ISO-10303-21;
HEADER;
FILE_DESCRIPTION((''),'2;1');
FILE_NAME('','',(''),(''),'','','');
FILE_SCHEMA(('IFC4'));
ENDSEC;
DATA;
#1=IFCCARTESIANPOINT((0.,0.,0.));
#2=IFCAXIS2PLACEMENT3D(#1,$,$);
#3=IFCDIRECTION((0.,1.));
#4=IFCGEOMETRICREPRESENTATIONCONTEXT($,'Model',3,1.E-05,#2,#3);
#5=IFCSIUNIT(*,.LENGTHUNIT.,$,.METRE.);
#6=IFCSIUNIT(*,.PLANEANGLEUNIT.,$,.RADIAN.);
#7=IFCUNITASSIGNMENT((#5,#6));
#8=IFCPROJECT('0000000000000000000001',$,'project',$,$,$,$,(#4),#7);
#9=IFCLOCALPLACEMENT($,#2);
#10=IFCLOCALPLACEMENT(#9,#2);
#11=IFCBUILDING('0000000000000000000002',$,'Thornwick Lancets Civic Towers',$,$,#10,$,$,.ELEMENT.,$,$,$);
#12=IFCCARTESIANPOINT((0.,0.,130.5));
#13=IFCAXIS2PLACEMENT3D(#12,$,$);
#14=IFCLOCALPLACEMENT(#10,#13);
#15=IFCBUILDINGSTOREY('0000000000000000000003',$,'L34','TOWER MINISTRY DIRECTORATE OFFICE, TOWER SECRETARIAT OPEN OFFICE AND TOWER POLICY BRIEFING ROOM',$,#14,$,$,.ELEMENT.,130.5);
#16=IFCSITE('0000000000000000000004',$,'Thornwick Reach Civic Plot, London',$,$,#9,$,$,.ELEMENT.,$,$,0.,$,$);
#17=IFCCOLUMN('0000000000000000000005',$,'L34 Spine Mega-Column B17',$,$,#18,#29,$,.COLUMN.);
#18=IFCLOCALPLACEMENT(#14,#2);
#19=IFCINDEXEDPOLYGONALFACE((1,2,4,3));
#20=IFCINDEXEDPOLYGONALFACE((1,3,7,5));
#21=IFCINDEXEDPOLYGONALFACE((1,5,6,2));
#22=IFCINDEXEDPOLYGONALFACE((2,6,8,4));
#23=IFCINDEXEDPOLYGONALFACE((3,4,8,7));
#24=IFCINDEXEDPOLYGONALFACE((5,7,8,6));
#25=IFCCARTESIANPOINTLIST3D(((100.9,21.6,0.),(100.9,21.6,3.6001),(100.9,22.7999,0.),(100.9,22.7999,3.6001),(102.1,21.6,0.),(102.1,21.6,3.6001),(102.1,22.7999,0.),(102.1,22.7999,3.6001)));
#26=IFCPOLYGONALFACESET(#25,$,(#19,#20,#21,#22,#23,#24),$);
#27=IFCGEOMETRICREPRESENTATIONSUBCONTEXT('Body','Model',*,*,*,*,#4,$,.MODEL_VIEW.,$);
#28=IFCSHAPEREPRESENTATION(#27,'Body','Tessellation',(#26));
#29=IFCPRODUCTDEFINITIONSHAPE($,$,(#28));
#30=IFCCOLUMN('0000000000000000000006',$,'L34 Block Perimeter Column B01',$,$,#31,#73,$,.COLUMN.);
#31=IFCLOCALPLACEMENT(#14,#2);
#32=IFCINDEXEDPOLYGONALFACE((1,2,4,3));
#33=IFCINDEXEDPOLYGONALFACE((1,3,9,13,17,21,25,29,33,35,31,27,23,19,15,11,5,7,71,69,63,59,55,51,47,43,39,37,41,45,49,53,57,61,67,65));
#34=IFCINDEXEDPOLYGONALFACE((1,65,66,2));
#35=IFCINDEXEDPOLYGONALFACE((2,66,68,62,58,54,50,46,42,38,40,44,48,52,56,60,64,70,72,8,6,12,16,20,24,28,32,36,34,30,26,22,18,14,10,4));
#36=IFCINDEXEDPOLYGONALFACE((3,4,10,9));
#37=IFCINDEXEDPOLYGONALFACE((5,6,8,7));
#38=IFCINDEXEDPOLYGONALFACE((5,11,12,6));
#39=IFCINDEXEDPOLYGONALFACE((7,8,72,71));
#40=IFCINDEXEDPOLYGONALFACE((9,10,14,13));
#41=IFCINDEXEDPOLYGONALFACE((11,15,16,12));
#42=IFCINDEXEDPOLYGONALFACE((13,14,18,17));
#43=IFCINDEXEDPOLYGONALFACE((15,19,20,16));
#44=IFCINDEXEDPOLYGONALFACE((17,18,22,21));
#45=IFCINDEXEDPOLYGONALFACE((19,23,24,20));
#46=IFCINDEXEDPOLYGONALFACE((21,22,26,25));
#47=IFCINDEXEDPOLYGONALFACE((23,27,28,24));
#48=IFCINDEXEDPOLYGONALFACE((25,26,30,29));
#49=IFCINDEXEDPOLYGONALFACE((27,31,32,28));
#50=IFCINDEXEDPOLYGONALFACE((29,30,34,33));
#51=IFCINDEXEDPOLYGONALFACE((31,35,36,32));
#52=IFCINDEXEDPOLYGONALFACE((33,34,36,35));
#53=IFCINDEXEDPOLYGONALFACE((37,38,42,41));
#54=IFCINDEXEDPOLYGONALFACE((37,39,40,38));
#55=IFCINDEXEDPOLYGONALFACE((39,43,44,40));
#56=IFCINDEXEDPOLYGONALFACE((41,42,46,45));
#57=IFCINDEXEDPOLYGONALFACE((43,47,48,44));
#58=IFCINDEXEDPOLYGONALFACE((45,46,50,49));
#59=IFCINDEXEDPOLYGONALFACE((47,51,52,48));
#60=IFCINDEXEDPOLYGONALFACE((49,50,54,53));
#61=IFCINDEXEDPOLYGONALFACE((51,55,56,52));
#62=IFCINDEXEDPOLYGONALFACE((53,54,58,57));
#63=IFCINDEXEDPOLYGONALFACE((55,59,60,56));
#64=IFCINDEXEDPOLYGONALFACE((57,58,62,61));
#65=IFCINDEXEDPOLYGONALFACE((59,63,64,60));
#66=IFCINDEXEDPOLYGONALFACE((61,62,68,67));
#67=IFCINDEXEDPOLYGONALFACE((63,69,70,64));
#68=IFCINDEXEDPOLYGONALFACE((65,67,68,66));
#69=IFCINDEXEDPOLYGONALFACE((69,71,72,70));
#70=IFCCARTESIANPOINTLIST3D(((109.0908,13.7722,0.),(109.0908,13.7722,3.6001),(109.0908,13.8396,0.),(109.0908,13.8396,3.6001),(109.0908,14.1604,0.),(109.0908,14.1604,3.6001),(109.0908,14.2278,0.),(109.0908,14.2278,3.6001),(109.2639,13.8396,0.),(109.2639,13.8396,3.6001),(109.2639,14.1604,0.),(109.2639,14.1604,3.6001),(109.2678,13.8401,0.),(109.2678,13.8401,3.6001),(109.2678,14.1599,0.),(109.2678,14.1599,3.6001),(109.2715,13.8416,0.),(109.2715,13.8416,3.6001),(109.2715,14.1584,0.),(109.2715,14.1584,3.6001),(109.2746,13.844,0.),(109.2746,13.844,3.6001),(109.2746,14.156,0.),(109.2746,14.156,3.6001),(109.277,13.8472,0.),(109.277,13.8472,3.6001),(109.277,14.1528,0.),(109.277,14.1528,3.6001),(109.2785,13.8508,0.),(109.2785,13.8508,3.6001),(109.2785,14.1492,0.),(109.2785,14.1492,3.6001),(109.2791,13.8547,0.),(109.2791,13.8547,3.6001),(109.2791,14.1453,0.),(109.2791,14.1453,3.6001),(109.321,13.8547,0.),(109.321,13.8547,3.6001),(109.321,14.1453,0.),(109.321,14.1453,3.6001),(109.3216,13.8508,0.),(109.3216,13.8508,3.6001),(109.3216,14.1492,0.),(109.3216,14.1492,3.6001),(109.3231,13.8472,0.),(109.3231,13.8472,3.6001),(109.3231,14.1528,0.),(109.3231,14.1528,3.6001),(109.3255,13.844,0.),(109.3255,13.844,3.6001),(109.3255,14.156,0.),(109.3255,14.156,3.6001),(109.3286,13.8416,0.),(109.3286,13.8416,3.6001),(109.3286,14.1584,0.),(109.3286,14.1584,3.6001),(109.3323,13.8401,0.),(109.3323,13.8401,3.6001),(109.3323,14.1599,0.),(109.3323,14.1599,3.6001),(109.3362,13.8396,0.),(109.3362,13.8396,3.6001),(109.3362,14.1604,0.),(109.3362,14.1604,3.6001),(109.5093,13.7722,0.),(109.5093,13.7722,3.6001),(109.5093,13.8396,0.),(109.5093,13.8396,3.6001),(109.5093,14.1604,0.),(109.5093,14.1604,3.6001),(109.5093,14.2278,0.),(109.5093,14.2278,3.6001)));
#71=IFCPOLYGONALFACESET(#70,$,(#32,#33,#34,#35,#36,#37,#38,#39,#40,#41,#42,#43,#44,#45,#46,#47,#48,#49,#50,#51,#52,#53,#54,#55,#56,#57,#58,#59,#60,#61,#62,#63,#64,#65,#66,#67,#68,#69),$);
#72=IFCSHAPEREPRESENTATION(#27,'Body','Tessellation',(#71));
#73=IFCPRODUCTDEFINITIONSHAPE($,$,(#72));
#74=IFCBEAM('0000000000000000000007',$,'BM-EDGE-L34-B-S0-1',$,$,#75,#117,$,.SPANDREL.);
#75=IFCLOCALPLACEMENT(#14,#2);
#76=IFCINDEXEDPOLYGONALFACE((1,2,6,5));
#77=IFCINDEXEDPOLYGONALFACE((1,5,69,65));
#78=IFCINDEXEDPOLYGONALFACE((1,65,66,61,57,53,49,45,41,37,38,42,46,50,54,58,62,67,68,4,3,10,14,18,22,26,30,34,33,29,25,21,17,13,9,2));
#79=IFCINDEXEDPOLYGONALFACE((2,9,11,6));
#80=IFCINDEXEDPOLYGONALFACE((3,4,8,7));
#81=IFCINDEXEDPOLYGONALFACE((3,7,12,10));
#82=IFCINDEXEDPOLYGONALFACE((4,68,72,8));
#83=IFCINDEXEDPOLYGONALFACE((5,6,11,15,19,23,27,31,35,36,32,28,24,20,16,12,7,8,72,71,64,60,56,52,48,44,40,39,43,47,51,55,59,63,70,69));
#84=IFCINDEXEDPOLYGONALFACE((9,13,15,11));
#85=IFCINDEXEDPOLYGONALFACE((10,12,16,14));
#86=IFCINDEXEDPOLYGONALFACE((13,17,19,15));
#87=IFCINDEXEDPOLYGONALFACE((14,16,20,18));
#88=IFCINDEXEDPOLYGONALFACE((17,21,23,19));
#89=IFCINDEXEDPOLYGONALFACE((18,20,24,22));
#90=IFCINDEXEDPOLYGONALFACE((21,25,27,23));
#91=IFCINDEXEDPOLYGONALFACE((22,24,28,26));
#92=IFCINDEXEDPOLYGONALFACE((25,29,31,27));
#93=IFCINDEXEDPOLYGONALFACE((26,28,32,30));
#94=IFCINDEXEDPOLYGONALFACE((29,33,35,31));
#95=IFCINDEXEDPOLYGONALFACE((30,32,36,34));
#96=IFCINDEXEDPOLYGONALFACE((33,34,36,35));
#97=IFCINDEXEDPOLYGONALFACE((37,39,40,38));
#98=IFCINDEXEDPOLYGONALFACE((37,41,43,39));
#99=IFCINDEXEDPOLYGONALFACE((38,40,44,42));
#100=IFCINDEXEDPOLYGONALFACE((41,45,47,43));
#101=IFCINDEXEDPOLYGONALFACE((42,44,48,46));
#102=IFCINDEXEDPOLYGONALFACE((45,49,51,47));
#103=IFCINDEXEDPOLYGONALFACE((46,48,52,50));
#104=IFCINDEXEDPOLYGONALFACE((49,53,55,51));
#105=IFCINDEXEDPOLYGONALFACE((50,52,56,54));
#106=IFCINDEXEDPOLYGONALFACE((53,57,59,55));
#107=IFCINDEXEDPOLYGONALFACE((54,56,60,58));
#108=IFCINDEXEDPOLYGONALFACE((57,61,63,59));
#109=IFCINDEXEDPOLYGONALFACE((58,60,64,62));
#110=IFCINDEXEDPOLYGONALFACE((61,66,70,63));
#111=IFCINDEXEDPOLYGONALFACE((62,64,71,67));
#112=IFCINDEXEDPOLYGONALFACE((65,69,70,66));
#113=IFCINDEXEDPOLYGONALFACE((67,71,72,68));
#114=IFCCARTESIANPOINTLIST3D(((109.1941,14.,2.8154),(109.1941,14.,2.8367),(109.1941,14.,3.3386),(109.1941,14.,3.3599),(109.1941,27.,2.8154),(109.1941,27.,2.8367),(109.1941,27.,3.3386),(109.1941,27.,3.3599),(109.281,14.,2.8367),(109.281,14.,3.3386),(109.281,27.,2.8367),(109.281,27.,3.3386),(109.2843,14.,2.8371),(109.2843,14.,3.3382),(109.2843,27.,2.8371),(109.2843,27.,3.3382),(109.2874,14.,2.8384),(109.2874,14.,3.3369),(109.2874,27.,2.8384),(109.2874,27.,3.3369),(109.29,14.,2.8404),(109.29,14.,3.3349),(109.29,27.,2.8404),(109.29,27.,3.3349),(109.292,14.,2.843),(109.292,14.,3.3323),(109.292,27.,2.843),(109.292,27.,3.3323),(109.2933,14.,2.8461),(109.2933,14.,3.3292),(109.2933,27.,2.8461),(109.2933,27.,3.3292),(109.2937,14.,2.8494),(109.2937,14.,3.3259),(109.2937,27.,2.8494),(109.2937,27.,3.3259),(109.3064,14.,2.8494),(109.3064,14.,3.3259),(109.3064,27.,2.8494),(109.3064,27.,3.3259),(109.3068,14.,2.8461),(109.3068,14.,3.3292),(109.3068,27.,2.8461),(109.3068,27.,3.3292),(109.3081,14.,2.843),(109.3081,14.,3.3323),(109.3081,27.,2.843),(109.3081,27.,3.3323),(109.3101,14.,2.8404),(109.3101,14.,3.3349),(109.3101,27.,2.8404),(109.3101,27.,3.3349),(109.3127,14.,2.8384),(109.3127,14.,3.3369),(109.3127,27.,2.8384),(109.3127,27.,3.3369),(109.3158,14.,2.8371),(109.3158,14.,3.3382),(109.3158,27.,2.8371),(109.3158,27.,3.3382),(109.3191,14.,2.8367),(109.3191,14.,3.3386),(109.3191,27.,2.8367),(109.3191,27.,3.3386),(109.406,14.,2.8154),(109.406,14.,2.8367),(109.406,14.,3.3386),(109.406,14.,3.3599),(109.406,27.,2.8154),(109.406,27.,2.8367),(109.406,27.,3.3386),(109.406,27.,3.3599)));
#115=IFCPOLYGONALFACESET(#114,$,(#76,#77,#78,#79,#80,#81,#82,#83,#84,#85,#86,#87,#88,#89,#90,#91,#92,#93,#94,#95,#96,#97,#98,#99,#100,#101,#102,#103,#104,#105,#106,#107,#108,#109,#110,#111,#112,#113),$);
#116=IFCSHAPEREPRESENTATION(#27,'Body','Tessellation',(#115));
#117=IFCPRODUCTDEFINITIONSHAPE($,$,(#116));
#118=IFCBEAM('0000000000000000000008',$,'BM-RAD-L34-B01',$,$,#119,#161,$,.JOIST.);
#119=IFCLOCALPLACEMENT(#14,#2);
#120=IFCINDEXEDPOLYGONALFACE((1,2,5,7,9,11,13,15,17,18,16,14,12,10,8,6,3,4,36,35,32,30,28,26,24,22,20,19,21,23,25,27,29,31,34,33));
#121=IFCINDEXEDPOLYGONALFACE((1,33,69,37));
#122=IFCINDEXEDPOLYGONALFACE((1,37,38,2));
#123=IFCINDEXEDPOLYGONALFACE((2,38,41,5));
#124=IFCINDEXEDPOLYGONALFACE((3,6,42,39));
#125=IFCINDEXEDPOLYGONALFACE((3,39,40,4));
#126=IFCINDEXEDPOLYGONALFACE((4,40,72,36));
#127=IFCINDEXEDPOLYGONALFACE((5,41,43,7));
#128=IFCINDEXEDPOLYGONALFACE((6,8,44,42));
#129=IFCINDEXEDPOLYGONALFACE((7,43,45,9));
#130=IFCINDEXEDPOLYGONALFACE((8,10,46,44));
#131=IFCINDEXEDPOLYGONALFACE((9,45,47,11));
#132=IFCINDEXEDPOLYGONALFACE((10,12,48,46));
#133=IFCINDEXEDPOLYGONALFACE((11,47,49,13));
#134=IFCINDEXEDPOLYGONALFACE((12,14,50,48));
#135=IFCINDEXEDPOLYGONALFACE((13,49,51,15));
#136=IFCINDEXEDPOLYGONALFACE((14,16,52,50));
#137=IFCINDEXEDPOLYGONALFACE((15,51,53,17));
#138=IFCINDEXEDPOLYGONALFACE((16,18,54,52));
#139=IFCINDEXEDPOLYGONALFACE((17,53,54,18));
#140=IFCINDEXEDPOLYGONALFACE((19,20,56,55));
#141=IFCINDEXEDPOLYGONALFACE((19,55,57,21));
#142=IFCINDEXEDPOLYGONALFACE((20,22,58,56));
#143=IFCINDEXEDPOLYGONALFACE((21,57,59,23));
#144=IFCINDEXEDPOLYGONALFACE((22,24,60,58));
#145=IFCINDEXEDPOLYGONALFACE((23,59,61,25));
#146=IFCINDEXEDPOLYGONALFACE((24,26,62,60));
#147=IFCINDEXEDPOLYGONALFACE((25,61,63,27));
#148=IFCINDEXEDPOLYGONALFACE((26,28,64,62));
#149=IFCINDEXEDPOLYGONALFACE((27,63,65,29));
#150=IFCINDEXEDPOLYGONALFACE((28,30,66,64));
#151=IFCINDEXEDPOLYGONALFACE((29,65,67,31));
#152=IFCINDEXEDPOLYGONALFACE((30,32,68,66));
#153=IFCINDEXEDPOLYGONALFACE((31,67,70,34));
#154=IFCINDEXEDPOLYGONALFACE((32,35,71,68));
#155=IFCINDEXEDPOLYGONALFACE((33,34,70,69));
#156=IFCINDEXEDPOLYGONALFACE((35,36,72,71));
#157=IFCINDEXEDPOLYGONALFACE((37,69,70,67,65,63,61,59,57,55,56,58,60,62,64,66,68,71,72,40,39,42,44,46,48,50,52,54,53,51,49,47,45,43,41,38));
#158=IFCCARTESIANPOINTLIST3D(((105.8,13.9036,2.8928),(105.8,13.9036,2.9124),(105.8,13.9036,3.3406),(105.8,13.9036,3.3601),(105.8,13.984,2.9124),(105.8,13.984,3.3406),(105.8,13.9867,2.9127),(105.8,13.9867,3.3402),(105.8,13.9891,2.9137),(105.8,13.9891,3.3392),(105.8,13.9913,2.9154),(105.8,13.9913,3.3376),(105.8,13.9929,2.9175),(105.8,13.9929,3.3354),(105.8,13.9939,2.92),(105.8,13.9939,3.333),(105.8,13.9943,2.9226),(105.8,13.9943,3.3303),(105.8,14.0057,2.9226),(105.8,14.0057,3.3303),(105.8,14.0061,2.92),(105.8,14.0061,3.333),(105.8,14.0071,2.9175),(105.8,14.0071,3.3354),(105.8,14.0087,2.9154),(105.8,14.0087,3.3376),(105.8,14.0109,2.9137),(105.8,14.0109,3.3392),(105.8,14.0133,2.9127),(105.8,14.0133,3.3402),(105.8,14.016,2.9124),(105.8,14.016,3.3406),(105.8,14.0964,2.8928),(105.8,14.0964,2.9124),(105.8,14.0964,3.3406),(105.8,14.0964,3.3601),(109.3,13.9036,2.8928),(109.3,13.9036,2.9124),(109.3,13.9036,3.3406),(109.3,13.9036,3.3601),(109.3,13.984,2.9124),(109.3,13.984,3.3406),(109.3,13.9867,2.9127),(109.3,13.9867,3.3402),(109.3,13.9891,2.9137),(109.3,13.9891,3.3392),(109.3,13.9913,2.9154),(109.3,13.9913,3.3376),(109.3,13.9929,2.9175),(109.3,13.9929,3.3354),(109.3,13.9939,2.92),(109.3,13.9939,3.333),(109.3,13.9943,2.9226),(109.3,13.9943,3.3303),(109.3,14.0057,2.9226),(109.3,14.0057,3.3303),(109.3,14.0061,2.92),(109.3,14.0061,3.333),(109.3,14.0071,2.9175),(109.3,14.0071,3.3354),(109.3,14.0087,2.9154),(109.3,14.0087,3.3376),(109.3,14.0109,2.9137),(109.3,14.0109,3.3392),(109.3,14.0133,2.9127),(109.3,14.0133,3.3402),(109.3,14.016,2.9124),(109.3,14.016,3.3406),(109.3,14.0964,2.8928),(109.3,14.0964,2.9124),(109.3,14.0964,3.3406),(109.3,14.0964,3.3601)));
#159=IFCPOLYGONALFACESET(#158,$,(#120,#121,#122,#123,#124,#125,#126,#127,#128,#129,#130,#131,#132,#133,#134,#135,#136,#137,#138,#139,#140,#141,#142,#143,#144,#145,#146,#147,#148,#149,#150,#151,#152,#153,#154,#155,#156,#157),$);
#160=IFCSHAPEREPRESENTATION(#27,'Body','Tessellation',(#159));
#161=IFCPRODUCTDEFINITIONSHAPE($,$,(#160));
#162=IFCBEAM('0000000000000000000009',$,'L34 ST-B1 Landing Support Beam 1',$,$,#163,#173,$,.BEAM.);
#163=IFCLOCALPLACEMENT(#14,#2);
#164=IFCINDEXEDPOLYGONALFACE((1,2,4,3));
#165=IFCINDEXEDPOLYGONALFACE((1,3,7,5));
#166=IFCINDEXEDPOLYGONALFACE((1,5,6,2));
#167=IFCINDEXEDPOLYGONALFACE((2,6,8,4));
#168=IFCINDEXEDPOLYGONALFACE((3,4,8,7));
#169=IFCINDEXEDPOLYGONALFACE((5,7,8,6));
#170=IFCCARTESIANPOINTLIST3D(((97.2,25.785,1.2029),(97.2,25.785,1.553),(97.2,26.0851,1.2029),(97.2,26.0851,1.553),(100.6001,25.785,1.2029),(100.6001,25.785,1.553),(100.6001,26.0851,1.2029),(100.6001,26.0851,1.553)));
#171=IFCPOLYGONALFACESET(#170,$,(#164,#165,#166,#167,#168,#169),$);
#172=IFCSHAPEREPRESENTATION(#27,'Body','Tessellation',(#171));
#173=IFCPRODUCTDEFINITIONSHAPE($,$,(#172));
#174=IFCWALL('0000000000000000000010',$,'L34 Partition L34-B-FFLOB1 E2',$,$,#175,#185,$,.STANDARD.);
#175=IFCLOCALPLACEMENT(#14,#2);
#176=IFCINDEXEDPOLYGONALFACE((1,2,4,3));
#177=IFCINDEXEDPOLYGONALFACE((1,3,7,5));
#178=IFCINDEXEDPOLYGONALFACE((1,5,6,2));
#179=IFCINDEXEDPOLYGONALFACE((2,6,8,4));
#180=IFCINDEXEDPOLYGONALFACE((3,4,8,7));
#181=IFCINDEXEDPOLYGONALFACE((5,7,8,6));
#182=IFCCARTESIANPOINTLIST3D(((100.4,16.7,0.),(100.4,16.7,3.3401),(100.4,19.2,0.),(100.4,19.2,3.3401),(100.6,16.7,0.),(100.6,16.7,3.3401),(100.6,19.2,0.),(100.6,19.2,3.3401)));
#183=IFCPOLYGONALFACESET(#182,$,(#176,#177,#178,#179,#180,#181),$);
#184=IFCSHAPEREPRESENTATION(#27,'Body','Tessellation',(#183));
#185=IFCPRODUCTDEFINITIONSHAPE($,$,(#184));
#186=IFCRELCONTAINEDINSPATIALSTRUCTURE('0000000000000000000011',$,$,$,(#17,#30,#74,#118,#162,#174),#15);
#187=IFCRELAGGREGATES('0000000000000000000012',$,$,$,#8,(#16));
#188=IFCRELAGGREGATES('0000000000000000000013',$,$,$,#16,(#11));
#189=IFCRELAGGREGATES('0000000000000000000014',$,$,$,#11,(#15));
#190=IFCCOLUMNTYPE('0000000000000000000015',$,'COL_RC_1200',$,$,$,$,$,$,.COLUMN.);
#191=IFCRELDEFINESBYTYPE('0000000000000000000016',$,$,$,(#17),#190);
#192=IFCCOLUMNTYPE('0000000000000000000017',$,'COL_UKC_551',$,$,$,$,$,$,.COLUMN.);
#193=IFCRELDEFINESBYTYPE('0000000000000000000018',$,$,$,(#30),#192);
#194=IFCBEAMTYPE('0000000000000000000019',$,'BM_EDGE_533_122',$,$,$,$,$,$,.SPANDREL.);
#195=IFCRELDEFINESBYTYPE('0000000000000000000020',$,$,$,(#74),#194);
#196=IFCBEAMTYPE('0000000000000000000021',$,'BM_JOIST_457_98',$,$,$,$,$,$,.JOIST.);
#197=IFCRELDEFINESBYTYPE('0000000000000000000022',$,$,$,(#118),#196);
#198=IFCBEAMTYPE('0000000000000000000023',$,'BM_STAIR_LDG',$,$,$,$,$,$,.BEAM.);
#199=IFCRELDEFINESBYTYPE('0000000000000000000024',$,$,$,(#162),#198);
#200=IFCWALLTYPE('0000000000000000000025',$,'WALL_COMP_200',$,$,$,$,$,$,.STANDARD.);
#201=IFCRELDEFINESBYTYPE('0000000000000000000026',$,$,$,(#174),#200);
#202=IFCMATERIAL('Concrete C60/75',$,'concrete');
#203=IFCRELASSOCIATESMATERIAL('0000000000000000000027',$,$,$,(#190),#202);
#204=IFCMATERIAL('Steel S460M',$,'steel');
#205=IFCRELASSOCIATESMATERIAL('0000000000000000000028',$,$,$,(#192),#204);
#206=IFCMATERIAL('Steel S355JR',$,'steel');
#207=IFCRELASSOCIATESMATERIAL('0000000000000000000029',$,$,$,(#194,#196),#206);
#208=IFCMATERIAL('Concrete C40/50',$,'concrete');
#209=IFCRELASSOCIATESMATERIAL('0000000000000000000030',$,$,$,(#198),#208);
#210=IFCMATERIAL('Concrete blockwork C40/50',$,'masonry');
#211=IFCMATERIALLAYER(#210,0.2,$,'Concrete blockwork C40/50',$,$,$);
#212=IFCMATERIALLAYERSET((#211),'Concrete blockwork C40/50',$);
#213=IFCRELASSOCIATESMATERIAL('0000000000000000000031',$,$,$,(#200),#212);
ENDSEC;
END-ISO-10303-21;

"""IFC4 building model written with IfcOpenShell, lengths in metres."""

from ifc_helpers import new_model, si_unit, direction, frame, frame_2d, origin, origin_2d, place, context, subcontext, project, spatial, rectangle, i_section, extrude, material, layer, layer_set, material_profile, profile_set, type_object, element, save


model = new_model("IFC4")

# Units and contexts
model_context = context("Model", 3, precision=1e-05, world=origin(), true_north=direction((0.0, 1.0)))
body_context = subcontext(model_context, "Body", "Model", "MODEL_VIEW")
ifc_project = project(units=[si_unit("LENGTHUNIT", "METRE"), si_unit("PLANEANGLEUNIT", "RADIAN")], contexts=[model_context])

# Site, building, storey
site_placement = place(None, origin())
site = spatial("IfcSite", under=ifc_project, at=site_placement, Name="Thornwick Reach Civic Plot, London", CompositionType="ELEMENT", RefElevation=0.0)
building_placement = place(site_placement, origin())
building = spatial("IfcBuilding", under=site, at=building_placement, Name="Thornwick Lancets Civic Towers", CompositionType="ELEMENT")
storey_placement = place(building_placement, frame((0.0, 0.0, 130.5)))
storey = spatial("IfcBuildingStorey", under=building, at=storey_placement, Name="L34", Description="TOWER MINISTRY DIRECTORATE OFFICE, TOWER SECRETARIAT OPEN OFFICE AND TOWER POLICY BRIEFING ROOM", CompositionType="ELEMENT", Elevation=130.5)

# Columns
ifc_material_1 = material(Name="Concrete C60/75", Category="concrete")
ifc_material_profile_1 = material_profile(ifc_material_1, rectangle(XDim=1.2, YDim=1.2, at=origin_2d()), Name="RC 1200x1200")
ifc_profile_set_1 = profile_set([ifc_material_profile_1], Name="Concrete C60/75")
column_type_1 = type_object("IfcColumnType", Name="COL_RC_1200", PredefinedType="COLUMN", material=ifc_profile_set_1)
column_1_placement = place(storey_placement, frame((101.5, 22.2, 0.0), z_axis=(0.0, 0.0, 1.0), x_axis=(1.0, 0.0, 0.0)))
element("IfcColumn", 1, at=column_1_placement, inside=storey, type_object=column_type_1, Name="L34 Spine Mega-Column B17", PredefinedType="COLUMN", context=body_context, shape_type="SweptSolid", body=[
    extrude(rectangle(XDim=1.2, YDim=1.2, at=origin_2d()), origin(), (0.0, 0.0, 1.0), 3.6001),
])
ifc_material_2 = material(Name="Steel S460M", Category="steel")
ifc_material_profile_2 = material_profile(ifc_material_2, i_section(OverallWidth=0.4185, OverallDepth=0.4556, WebThickness=0.042, FlangeThickness=0.0674, FilletRadius=0.0151, at=origin_2d()), Name="UKC 356x406x551")
ifc_profile_set_2 = profile_set([ifc_material_profile_2], Name="Steel S460M")
column_type_2 = type_object("IfcColumnType", Name="COL_UKC_551", PredefinedType="COLUMN", material=ifc_profile_set_2)
column_2_placement = place(storey_placement, frame((109.3, 14.0, 0.0), z_axis=(0.0, 0.0, 1.0), x_axis=(1.0, 0.0, 0.0)))
element("IfcColumn", 2, at=column_2_placement, inside=storey, type_object=column_type_2, Name="L34 Block Perimeter Column B01", PredefinedType="COLUMN", context=body_context, shape_type="SweptSolid", body=[
    extrude(i_section(OverallWidth=0.4185, OverallDepth=0.4556, WebThickness=0.042, FlangeThickness=0.0674, FilletRadius=0.0151, at=origin_2d()), origin(), (0.0, 0.0, 1.0), 3.6001),
])

# Beams
ifc_material_3 = material(Name="Steel S355JR", Category="steel")
ifc_material_profile_3 = material_profile(ifc_material_3, i_section(OverallWidth=0.2119, OverallDepth=0.5444, WebThickness=0.0127, FlangeThickness=0.0212, FilletRadius=0.0127, at=origin_2d()), Name="UKB 533x210x122")
ifc_profile_set_3 = profile_set([ifc_material_profile_3], Name="Steel S355JR")
beam_type_1 = type_object("IfcBeamType", Name="BM_EDGE_533_122", PredefinedType="SPANDREL", material=ifc_profile_set_3)
beam_1_placement = place(storey_placement, frame((109.3, 14.0, 3.0876), z_axis=(0.0, 1.0, 0.0), x_axis=(-1.0, 0.0, 0.0)))
element("IfcBeam", 3, at=beam_1_placement, inside=storey, type_object=beam_type_1, Name="BM-EDGE-L34-B-S0-1", PredefinedType="SPANDREL", context=body_context, shape_type="SweptSolid", body=[
    extrude(i_section(OverallWidth=0.2119, OverallDepth=0.5444, WebThickness=0.0127, FlangeThickness=0.0212, FilletRadius=0.0127, at=origin_2d()), origin(), (0.0, 0.0, 1.0), 13.0),
])
ifc_material_profile_4 = material_profile(ifc_material_3, i_section(OverallWidth=0.1929, OverallDepth=0.4673, WebThickness=0.0115, FlangeThickness=0.0195, FilletRadius=0.0103, at=origin_2d()), Name="UKB 457x191x98")
ifc_profile_set_4 = profile_set([ifc_material_profile_4], Name="Steel S355JR")
beam_type_2 = type_object("IfcBeamType", Name="BM_JOIST_457_98", PredefinedType="JOIST", material=ifc_profile_set_4)
beam_2_placement = place(storey_placement, frame((105.8, 14.0, 3.1265), z_axis=(1.0, 0.0, 0.0), x_axis=(0.0, 1.0, 0.0)))
element("IfcBeam", 4, at=beam_2_placement, inside=storey, type_object=beam_type_2, Name="BM-RAD-L34-B01", PredefinedType="JOIST", context=body_context, shape_type="SweptSolid", body=[
    extrude(i_section(OverallWidth=0.1929, OverallDepth=0.4673, WebThickness=0.0115, FlangeThickness=0.0195, FilletRadius=0.0103, at=origin_2d()), origin(), (0.0, 0.0, 1.0), 3.5),
])
ifc_material_4 = material(Name="Concrete C40/50", Category="concrete")
ifc_material_profile_5 = material_profile(ifc_material_4, rectangle(XDim=0.3, YDim=0.3501, at=origin_2d()), Name="RC 300x350")
ifc_profile_set_5 = profile_set([ifc_material_profile_5], Name="Concrete C40/50")
beam_type_3 = type_object("IfcBeamType", Name="BM_STAIR_LDG", PredefinedType="BEAM", material=ifc_profile_set_5)
beam_3_placement = place(storey_placement, frame((100.6001, 25.9351, 1.3779), z_axis=(-1.0, 0.0, 0.0), x_axis=(0.0, -1.0, 0.0)))
element("IfcBeam", 5, at=beam_3_placement, inside=storey, type_object=beam_type_3, Name="L34 ST-B1 Landing Support Beam 1", PredefinedType="BEAM", context=body_context, shape_type="SweptSolid", body=[
    extrude(rectangle(XDim=0.3, YDim=0.3501, at=origin_2d()), origin(), (0.0, 0.0, 1.0), 3.4001),
])

# Wall
ifc_material_5 = material(Name="Concrete blockwork C40/50", Category="masonry")
ifc_layer_1 = layer(ifc_material_5, 0.2, Name="Concrete blockwork C40/50")
ifc_layer_set_1 = layer_set([ifc_layer_1], Name="Concrete blockwork C40/50")
wall_type_1 = type_object("IfcWallType", Name="WALL_COMP_200", PredefinedType="STANDARD", material=ifc_layer_set_1)
wall_1_placement = place(storey_placement, frame((100.5, 16.7, 0.0), z_axis=(0.0, 0.0, 1.0), x_axis=(0.0, 1.0, 0.0)))
element("IfcWall", 6, at=wall_1_placement, inside=storey, type_object=wall_type_1, Name="L34 Partition L34-B-FFLOB1 E2", PredefinedType="STANDARD", context=body_context, shape_type="SweptSolid", body=[
    extrude(rectangle(XDim=2.5, YDim=0.2, at=frame_2d((1.25, 0.0))), origin(), (0.0, 0.0, 1.0), 3.3401),
])

save(model, "model.ifc")
